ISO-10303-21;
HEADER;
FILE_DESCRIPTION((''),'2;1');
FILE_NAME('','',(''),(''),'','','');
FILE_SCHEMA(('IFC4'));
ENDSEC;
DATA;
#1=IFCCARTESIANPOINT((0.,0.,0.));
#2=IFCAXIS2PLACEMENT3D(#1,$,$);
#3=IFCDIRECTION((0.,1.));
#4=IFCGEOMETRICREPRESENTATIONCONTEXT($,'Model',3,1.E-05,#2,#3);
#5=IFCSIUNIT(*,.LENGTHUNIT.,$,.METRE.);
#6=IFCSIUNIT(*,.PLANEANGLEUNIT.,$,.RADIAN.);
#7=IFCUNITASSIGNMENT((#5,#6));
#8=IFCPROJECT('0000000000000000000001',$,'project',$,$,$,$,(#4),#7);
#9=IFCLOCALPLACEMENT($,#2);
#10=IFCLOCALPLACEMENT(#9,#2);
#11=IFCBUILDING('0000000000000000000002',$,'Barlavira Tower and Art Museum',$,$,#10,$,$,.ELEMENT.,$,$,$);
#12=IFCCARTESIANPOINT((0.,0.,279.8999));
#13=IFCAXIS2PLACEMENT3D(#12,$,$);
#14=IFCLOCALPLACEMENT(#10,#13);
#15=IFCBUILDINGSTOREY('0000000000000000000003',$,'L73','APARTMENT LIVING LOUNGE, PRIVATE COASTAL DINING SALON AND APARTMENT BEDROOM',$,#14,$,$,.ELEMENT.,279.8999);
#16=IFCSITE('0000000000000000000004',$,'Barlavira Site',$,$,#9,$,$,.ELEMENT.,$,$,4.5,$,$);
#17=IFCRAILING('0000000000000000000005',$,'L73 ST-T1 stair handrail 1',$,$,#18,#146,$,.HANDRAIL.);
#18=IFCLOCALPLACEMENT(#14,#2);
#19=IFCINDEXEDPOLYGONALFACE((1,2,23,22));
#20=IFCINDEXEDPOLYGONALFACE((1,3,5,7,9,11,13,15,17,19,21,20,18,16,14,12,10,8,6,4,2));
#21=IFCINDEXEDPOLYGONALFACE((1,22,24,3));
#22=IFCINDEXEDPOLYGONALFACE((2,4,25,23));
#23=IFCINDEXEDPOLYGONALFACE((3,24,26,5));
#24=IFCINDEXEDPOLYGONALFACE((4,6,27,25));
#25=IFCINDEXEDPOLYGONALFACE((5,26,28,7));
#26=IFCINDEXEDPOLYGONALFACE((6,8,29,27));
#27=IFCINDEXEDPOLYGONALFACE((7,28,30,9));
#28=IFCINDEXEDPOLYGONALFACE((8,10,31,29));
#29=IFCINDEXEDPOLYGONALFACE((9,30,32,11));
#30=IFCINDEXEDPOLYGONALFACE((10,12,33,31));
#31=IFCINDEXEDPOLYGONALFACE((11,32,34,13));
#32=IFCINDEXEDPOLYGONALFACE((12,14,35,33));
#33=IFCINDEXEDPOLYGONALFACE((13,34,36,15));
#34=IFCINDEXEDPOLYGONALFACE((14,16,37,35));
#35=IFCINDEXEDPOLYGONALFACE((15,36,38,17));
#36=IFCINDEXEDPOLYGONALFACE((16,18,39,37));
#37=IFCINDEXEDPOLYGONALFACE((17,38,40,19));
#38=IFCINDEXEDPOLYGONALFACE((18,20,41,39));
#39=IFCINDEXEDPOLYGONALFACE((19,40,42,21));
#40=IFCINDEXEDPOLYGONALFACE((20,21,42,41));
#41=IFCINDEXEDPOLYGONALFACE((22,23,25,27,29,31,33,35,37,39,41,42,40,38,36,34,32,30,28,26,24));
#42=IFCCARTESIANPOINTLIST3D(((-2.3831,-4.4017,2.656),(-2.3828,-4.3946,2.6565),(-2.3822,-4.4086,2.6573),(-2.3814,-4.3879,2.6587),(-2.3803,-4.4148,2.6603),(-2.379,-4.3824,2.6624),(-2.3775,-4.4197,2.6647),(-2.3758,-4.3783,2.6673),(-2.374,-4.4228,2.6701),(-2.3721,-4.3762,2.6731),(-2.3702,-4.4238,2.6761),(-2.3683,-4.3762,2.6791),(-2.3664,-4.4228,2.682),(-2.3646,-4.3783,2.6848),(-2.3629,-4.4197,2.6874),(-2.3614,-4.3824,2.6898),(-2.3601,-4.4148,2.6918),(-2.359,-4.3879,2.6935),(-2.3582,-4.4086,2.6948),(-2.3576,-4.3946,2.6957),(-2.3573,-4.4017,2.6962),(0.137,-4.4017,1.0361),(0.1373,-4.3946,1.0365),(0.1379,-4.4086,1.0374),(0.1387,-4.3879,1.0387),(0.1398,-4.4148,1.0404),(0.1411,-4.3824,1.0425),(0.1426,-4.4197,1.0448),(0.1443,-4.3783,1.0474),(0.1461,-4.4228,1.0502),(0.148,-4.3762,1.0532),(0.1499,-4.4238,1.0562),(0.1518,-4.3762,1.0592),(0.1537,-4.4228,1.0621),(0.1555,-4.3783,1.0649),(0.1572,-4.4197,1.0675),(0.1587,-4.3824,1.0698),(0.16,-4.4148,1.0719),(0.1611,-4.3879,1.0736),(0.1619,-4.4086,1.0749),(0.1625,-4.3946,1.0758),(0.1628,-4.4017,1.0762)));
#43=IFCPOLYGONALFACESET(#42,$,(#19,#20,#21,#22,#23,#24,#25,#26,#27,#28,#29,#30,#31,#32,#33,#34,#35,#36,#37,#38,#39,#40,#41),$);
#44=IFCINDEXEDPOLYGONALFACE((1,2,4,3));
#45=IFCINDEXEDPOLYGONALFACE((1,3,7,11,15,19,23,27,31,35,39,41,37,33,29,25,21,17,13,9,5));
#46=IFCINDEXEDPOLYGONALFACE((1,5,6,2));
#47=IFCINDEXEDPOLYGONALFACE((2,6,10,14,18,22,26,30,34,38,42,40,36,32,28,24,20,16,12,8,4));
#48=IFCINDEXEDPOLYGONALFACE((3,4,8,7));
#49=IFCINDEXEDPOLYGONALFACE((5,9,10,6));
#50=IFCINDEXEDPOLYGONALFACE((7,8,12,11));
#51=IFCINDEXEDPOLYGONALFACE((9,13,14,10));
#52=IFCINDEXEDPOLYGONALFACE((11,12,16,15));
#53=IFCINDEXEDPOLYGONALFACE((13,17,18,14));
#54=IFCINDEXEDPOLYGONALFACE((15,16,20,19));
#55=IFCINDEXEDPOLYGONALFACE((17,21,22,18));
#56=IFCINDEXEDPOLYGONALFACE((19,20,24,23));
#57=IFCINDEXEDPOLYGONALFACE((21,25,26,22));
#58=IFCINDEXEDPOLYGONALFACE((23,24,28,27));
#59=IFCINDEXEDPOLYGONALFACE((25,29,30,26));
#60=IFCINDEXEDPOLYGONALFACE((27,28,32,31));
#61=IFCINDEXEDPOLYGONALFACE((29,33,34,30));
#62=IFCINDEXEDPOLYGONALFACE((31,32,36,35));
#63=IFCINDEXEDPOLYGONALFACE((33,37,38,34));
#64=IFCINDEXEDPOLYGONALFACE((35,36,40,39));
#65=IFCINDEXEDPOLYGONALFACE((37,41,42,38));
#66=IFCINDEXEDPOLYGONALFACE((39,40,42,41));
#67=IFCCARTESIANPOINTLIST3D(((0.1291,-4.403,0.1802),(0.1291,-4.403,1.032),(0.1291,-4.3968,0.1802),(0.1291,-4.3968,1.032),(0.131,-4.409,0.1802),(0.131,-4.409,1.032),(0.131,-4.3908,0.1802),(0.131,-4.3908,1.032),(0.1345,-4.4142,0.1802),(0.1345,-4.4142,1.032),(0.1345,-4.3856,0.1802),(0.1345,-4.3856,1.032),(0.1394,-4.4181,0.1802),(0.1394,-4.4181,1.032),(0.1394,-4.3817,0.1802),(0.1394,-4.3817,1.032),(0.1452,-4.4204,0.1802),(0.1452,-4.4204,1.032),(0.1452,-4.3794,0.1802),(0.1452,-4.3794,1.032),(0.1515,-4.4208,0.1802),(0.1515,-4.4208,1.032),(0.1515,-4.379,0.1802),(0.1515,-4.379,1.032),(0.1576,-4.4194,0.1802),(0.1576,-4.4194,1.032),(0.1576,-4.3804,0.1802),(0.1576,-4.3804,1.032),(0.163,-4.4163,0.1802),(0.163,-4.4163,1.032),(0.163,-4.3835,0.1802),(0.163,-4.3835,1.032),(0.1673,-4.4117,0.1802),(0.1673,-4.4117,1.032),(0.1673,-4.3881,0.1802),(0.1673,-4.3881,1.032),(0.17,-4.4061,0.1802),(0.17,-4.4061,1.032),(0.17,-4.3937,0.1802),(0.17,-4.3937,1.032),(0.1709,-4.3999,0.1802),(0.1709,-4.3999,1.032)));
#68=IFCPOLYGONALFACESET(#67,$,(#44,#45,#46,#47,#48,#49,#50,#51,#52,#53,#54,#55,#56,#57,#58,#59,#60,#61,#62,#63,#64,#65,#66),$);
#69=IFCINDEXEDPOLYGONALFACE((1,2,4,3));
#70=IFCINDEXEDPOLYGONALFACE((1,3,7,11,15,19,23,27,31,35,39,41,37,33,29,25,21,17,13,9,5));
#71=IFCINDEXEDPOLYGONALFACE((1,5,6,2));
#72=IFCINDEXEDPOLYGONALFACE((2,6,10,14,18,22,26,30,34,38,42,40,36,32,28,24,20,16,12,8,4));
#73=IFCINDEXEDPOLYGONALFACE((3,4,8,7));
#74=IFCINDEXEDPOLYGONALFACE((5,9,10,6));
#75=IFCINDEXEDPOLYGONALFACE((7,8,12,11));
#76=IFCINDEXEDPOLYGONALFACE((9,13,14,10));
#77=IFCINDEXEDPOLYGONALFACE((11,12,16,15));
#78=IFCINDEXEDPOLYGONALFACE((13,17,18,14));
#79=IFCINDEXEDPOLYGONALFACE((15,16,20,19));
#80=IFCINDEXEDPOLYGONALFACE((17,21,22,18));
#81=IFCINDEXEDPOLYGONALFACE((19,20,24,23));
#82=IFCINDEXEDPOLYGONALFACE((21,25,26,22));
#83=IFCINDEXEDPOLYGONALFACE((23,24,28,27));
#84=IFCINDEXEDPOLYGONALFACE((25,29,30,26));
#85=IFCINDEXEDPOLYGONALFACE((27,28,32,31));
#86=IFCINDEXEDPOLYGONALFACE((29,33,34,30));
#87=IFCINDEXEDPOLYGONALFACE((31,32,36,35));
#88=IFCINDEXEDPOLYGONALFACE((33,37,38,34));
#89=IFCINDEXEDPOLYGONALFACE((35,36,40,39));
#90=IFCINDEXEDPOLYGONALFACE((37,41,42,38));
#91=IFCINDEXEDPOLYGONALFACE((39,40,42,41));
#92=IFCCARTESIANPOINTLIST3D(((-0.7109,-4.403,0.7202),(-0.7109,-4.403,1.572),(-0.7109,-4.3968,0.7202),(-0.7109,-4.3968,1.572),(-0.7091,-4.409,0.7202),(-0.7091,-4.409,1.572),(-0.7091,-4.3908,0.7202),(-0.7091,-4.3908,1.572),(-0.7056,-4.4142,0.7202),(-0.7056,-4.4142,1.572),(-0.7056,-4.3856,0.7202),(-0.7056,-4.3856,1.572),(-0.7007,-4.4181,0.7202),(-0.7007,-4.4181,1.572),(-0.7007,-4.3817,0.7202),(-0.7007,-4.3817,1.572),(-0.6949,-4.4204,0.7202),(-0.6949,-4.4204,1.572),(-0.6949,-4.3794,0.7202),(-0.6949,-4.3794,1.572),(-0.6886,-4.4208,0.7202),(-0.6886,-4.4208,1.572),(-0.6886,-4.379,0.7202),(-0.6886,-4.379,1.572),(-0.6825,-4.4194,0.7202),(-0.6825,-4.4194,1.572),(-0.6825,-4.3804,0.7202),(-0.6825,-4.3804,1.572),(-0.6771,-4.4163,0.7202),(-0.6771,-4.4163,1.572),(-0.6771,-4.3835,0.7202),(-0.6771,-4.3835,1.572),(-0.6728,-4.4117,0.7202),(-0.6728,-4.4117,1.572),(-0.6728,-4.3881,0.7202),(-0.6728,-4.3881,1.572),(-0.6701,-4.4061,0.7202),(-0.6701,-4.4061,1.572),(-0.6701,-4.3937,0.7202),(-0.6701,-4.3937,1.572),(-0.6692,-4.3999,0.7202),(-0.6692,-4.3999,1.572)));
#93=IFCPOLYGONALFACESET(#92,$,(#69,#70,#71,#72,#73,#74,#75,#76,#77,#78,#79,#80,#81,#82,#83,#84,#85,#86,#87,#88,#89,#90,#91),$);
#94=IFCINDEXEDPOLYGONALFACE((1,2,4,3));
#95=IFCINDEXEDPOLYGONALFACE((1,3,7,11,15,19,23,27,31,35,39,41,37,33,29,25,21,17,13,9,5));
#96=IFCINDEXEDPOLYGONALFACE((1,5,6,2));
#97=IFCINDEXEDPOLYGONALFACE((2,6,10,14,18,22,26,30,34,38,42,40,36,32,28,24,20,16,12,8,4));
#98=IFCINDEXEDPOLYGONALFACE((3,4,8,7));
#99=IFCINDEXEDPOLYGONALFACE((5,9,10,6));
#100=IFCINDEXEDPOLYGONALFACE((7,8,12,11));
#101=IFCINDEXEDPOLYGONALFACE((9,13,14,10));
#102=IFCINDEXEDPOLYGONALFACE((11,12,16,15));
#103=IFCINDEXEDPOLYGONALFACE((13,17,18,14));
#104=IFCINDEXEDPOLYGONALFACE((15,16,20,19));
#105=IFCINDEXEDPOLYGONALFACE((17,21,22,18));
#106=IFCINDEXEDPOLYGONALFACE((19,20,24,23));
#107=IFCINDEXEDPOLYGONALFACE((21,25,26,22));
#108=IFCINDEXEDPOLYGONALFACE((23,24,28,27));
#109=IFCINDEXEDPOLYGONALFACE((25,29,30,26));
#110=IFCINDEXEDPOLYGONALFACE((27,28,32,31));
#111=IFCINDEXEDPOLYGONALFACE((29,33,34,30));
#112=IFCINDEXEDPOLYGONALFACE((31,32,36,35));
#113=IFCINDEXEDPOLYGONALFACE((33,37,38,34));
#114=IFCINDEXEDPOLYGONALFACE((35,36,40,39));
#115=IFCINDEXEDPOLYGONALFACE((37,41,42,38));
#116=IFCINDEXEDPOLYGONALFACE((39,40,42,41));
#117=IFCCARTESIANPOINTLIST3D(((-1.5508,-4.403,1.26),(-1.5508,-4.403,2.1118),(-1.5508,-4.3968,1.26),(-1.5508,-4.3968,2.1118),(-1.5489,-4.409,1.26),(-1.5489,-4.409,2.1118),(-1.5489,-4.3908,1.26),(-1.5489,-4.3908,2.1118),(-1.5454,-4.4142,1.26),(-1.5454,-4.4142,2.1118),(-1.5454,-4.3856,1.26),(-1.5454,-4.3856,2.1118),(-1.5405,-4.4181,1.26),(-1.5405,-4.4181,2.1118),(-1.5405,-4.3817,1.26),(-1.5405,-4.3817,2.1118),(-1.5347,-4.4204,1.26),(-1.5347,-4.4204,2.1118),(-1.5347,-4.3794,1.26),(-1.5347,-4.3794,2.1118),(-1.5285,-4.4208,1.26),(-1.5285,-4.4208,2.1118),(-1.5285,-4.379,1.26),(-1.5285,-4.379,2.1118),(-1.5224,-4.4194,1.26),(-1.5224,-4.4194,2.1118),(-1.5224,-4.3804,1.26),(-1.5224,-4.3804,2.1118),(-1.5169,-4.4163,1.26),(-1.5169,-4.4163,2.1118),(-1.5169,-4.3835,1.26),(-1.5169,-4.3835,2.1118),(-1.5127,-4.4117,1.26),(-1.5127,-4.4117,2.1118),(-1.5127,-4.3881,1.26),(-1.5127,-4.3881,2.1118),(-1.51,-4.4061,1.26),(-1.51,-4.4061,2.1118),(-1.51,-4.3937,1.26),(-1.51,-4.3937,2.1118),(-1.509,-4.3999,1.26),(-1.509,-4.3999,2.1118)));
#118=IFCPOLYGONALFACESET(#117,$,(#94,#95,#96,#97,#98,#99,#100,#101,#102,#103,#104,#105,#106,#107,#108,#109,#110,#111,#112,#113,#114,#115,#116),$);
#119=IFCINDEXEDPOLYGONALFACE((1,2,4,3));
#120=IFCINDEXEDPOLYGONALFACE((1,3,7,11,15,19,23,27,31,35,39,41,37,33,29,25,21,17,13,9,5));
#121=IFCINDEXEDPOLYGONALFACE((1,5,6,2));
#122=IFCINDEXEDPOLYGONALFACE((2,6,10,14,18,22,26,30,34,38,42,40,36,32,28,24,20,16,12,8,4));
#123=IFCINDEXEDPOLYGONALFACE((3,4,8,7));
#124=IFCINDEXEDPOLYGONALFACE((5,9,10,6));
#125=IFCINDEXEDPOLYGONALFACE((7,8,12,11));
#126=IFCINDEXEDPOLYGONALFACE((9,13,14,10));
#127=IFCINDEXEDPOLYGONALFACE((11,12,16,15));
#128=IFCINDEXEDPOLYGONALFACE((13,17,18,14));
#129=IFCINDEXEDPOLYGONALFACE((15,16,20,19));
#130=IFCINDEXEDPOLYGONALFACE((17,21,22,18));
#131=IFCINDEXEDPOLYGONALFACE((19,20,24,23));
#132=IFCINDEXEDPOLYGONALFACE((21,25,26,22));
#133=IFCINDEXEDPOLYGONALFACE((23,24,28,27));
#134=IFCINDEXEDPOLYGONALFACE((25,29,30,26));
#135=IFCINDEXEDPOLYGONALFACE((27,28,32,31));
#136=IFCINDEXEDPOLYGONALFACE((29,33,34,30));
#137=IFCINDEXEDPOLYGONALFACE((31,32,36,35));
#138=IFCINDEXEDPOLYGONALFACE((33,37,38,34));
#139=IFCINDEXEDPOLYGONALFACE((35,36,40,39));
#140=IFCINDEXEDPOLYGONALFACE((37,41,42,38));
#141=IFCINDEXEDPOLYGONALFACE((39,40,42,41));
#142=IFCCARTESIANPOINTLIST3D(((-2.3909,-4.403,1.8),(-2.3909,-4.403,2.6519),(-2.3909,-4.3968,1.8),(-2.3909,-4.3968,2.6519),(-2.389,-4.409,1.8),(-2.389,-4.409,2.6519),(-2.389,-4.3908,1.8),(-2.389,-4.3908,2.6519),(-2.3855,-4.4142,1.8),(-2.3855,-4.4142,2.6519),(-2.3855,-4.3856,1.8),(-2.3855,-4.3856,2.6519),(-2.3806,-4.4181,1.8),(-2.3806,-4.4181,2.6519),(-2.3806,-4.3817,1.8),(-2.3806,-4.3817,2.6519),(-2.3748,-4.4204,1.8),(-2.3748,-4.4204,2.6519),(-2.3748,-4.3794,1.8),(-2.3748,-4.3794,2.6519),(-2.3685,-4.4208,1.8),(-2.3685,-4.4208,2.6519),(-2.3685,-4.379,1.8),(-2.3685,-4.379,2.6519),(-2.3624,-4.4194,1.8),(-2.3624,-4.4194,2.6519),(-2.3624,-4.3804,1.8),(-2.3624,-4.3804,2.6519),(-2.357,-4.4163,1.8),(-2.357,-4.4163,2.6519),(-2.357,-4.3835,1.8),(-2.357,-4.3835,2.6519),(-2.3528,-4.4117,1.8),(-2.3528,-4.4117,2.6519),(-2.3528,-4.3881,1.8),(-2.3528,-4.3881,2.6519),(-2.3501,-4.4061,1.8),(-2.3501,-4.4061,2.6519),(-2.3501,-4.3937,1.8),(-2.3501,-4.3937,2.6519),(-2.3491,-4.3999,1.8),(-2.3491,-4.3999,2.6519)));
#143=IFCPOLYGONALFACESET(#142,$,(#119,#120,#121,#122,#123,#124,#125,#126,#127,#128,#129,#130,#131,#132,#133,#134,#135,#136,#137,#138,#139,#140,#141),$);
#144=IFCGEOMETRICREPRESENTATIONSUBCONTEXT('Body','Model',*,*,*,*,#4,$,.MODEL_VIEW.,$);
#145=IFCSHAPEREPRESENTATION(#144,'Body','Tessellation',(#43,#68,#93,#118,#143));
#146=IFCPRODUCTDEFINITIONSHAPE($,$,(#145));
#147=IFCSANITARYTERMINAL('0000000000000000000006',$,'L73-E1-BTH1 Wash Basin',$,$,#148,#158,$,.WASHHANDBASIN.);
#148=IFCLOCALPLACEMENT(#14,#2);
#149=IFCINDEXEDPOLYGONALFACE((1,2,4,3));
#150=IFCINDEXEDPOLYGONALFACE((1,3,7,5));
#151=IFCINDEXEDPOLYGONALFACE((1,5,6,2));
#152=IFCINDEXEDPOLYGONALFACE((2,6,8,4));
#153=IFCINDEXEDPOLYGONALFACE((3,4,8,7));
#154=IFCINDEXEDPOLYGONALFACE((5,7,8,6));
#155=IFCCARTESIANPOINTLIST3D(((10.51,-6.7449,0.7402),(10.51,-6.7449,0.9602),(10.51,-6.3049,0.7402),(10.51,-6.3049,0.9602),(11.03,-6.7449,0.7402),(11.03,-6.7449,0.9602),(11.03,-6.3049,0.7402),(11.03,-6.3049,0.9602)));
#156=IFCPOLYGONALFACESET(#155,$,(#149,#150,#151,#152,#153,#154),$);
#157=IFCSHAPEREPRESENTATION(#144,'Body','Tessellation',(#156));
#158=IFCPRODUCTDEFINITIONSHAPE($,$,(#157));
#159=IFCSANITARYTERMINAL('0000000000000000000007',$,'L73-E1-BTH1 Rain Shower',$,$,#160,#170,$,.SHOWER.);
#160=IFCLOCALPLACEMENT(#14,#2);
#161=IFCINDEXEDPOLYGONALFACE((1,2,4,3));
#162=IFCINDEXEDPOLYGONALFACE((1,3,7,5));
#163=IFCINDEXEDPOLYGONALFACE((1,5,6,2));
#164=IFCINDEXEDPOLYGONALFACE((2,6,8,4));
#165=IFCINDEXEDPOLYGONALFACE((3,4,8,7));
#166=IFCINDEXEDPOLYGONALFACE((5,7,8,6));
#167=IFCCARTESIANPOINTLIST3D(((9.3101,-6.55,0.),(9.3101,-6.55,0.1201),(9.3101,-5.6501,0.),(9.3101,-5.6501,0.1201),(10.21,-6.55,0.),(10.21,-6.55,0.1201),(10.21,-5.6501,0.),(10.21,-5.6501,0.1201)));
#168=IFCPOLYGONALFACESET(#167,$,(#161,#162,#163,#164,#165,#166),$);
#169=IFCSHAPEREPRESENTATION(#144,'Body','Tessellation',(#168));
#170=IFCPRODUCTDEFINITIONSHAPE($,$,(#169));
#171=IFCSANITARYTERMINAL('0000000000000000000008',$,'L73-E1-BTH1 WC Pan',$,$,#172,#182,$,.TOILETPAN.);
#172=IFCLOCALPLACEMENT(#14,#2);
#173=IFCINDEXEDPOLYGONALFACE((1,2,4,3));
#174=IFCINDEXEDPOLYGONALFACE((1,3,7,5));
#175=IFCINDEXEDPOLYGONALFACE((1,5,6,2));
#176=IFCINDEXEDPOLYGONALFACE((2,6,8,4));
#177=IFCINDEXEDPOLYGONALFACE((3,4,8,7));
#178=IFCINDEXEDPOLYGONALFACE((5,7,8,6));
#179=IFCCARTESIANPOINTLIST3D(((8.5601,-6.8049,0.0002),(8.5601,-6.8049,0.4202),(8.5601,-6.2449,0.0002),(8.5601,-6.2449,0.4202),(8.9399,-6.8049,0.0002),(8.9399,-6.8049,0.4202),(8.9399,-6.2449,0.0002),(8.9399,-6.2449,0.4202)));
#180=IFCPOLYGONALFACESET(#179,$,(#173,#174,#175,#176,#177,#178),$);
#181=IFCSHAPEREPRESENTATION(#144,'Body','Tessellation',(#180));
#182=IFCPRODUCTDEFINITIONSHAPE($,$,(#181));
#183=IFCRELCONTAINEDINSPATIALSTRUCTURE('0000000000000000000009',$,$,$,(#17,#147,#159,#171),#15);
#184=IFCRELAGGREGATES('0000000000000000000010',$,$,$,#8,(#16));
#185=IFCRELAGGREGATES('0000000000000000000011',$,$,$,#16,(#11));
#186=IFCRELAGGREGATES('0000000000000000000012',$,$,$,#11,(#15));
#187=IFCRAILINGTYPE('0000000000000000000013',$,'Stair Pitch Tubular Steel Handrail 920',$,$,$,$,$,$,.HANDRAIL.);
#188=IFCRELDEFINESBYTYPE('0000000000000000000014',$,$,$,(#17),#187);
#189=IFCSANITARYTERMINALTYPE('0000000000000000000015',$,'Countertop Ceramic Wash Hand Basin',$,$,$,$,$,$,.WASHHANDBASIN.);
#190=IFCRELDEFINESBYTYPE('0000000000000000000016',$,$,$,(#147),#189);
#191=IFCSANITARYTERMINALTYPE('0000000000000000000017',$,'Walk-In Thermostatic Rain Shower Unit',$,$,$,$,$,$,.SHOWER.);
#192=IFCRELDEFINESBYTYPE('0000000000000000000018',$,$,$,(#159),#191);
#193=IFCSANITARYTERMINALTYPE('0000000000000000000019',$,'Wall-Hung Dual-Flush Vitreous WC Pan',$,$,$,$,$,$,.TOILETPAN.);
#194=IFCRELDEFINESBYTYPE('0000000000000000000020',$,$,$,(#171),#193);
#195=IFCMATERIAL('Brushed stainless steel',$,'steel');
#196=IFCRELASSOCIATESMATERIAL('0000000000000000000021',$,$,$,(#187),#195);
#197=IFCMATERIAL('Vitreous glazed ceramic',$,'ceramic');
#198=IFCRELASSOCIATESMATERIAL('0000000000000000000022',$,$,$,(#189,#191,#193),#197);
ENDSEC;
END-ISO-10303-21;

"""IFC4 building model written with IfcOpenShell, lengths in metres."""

from ifc_helpers import new_model, si_unit, direction, frame, origin, origin_2d, place, context, subcontext, project, spatial, rectangle, circle, extrude, material, type_object, element, save


model = new_model("IFC4")

# Units and contexts
model_context = context("Model", 3, precision=1e-05, world=origin(), true_north=direction((0.0, 1.0)))
body_context = subcontext(model_context, "Body", "Model", "MODEL_VIEW")
ifc_project = project(units=[si_unit("LENGTHUNIT", "METRE"), si_unit("PLANEANGLEUNIT", "RADIAN")], contexts=[model_context])

# Site, building, storey
site_placement = place(None, origin())
site = spatial("IfcSite", under=ifc_project, at=site_placement, Name="Barlavira Site", CompositionType="ELEMENT", RefElevation=4.5)
building_placement = place(site_placement, origin())
building = spatial("IfcBuilding", under=site, at=building_placement, Name="Barlavira Tower and Art Museum", CompositionType="ELEMENT")
storey_placement = place(building_placement, frame((0.0, 0.0, 279.8999)))
storey = spatial("IfcBuildingStorey", under=building, at=storey_placement, Name="L73", Description="APARTMENT LIVING LOUNGE, PRIVATE COASTAL DINING SALON AND APARTMENT BEDROOM", CompositionType="ELEMENT", Elevation=279.8999)

# Shared definitions
ifc_material_1 = material(Name="Brushed stainless steel", Category="steel")

# Railing
railing_type_1 = type_object("IfcRailingType", Name="Stair Pitch Tubular Steel Handrail 920", PredefinedType="HANDRAIL", material=ifc_material_1)
railing_1_placement = place(storey_placement, frame((0.1499, -4.3999, 0.1802)))
element("IfcRailing", 1, at=railing_1_placement, inside=storey, type_object=railing_type_1, Name="L73 ST-T1 stair handrail 1", PredefinedType="HANDRAIL", context=body_context, shape_type="SweptSolid", body=[
    extrude(circle(Radius=0.0239, at=origin_2d()), frame((0.0, 0.0, 0.876), z_axis=(-0.8412, 0.0, 0.540725), x_axis=(0.0, -1.0, 0.0)), (0.0, 0.0, 1.0), 2.9958),
    extrude(circle(Radius=0.021, at=origin_2d()), origin(), (0.0, 0.0, 1.0), 0.8518),
    extrude(circle(Radius=0.021, at=origin_2d()), frame((-0.8401, 0.0, 0.54)), (0.0, 0.0, 1.0), 0.8518),
    extrude(circle(Radius=0.021, at=origin_2d()), frame((-1.6799, 0.0, 1.0798)), (0.0, 0.0, 1.0), 0.8518),
    extrude(circle(Radius=0.021, at=origin_2d()), frame((-2.52, 0.0, 1.6199)), (0.0, 0.0, 1.0), 0.8518),
])

# Sanitary terminals
ifc_material_2 = material(Name="Vitreous glazed ceramic", Category="ceramic")
sanitary_terminal_type_1 = type_object("IfcSanitaryTerminalType", Name="Countertop Ceramic Wash Hand Basin", PredefinedType="WASHHANDBASIN", material=ifc_material_2)
sanitary_terminal_1_placement = place(storey_placement, frame((10.77, -6.5249, 0.7402), z_axis=(0.0, 0.0, 1.0), x_axis=(1.0, 0.0, 0.0)))
element("IfcSanitaryTerminal", 2, at=sanitary_terminal_1_placement, inside=storey, type_object=sanitary_terminal_type_1, Name="L73-E1-BTH1 Wash Basin", PredefinedType="WASHHANDBASIN", context=body_context, shape_type="SweptSolid", body=[
    extrude(rectangle(XDim=0.52, YDim=0.4399, at=origin_2d()), origin(), (0.0, 0.0, 1.0), 0.22),
])
sanitary_terminal_type_2 = type_object("IfcSanitaryTerminalType", Name="Walk-In Thermostatic Rain Shower Unit", PredefinedType="SHOWER", material=ifc_material_2)
sanitary_terminal_2_placement = place(storey_placement, frame((9.76, -6.1001, 0.0), z_axis=(0.0, 0.0, 1.0), x_axis=(1.0, 0.0, 0.0)))
element("IfcSanitaryTerminal", 3, at=sanitary_terminal_2_placement, inside=storey, type_object=sanitary_terminal_type_2, Name="L73-E1-BTH1 Rain Shower", PredefinedType="SHOWER", context=body_context, shape_type="SweptSolid", body=[
    extrude(rectangle(XDim=0.8999, YDim=0.8999, at=origin_2d()), origin(), (0.0, 0.0, 1.0), 0.1201),
])
sanitary_terminal_type_3 = type_object("IfcSanitaryTerminalType", Name="Wall-Hung Dual-Flush Vitreous WC Pan", PredefinedType="TOILETPAN", material=ifc_material_2)
sanitary_terminal_3_placement = place(storey_placement, frame((8.75, -6.5249, 0.0002), z_axis=(0.0, 0.0, 1.0), x_axis=(1.0, 0.0, 0.0)))
element("IfcSanitaryTerminal", 4, at=sanitary_terminal_3_placement, inside=storey, type_object=sanitary_terminal_type_3, Name="L73-E1-BTH1 WC Pan", PredefinedType="TOILETPAN", context=body_context, shape_type="SweptSolid", body=[
    extrude(rectangle(XDim=0.3799, YDim=0.5601, at=origin_2d()), origin(), (0.0, 0.0, 1.0), 0.4199),
])

save(model, "model.ifc")
